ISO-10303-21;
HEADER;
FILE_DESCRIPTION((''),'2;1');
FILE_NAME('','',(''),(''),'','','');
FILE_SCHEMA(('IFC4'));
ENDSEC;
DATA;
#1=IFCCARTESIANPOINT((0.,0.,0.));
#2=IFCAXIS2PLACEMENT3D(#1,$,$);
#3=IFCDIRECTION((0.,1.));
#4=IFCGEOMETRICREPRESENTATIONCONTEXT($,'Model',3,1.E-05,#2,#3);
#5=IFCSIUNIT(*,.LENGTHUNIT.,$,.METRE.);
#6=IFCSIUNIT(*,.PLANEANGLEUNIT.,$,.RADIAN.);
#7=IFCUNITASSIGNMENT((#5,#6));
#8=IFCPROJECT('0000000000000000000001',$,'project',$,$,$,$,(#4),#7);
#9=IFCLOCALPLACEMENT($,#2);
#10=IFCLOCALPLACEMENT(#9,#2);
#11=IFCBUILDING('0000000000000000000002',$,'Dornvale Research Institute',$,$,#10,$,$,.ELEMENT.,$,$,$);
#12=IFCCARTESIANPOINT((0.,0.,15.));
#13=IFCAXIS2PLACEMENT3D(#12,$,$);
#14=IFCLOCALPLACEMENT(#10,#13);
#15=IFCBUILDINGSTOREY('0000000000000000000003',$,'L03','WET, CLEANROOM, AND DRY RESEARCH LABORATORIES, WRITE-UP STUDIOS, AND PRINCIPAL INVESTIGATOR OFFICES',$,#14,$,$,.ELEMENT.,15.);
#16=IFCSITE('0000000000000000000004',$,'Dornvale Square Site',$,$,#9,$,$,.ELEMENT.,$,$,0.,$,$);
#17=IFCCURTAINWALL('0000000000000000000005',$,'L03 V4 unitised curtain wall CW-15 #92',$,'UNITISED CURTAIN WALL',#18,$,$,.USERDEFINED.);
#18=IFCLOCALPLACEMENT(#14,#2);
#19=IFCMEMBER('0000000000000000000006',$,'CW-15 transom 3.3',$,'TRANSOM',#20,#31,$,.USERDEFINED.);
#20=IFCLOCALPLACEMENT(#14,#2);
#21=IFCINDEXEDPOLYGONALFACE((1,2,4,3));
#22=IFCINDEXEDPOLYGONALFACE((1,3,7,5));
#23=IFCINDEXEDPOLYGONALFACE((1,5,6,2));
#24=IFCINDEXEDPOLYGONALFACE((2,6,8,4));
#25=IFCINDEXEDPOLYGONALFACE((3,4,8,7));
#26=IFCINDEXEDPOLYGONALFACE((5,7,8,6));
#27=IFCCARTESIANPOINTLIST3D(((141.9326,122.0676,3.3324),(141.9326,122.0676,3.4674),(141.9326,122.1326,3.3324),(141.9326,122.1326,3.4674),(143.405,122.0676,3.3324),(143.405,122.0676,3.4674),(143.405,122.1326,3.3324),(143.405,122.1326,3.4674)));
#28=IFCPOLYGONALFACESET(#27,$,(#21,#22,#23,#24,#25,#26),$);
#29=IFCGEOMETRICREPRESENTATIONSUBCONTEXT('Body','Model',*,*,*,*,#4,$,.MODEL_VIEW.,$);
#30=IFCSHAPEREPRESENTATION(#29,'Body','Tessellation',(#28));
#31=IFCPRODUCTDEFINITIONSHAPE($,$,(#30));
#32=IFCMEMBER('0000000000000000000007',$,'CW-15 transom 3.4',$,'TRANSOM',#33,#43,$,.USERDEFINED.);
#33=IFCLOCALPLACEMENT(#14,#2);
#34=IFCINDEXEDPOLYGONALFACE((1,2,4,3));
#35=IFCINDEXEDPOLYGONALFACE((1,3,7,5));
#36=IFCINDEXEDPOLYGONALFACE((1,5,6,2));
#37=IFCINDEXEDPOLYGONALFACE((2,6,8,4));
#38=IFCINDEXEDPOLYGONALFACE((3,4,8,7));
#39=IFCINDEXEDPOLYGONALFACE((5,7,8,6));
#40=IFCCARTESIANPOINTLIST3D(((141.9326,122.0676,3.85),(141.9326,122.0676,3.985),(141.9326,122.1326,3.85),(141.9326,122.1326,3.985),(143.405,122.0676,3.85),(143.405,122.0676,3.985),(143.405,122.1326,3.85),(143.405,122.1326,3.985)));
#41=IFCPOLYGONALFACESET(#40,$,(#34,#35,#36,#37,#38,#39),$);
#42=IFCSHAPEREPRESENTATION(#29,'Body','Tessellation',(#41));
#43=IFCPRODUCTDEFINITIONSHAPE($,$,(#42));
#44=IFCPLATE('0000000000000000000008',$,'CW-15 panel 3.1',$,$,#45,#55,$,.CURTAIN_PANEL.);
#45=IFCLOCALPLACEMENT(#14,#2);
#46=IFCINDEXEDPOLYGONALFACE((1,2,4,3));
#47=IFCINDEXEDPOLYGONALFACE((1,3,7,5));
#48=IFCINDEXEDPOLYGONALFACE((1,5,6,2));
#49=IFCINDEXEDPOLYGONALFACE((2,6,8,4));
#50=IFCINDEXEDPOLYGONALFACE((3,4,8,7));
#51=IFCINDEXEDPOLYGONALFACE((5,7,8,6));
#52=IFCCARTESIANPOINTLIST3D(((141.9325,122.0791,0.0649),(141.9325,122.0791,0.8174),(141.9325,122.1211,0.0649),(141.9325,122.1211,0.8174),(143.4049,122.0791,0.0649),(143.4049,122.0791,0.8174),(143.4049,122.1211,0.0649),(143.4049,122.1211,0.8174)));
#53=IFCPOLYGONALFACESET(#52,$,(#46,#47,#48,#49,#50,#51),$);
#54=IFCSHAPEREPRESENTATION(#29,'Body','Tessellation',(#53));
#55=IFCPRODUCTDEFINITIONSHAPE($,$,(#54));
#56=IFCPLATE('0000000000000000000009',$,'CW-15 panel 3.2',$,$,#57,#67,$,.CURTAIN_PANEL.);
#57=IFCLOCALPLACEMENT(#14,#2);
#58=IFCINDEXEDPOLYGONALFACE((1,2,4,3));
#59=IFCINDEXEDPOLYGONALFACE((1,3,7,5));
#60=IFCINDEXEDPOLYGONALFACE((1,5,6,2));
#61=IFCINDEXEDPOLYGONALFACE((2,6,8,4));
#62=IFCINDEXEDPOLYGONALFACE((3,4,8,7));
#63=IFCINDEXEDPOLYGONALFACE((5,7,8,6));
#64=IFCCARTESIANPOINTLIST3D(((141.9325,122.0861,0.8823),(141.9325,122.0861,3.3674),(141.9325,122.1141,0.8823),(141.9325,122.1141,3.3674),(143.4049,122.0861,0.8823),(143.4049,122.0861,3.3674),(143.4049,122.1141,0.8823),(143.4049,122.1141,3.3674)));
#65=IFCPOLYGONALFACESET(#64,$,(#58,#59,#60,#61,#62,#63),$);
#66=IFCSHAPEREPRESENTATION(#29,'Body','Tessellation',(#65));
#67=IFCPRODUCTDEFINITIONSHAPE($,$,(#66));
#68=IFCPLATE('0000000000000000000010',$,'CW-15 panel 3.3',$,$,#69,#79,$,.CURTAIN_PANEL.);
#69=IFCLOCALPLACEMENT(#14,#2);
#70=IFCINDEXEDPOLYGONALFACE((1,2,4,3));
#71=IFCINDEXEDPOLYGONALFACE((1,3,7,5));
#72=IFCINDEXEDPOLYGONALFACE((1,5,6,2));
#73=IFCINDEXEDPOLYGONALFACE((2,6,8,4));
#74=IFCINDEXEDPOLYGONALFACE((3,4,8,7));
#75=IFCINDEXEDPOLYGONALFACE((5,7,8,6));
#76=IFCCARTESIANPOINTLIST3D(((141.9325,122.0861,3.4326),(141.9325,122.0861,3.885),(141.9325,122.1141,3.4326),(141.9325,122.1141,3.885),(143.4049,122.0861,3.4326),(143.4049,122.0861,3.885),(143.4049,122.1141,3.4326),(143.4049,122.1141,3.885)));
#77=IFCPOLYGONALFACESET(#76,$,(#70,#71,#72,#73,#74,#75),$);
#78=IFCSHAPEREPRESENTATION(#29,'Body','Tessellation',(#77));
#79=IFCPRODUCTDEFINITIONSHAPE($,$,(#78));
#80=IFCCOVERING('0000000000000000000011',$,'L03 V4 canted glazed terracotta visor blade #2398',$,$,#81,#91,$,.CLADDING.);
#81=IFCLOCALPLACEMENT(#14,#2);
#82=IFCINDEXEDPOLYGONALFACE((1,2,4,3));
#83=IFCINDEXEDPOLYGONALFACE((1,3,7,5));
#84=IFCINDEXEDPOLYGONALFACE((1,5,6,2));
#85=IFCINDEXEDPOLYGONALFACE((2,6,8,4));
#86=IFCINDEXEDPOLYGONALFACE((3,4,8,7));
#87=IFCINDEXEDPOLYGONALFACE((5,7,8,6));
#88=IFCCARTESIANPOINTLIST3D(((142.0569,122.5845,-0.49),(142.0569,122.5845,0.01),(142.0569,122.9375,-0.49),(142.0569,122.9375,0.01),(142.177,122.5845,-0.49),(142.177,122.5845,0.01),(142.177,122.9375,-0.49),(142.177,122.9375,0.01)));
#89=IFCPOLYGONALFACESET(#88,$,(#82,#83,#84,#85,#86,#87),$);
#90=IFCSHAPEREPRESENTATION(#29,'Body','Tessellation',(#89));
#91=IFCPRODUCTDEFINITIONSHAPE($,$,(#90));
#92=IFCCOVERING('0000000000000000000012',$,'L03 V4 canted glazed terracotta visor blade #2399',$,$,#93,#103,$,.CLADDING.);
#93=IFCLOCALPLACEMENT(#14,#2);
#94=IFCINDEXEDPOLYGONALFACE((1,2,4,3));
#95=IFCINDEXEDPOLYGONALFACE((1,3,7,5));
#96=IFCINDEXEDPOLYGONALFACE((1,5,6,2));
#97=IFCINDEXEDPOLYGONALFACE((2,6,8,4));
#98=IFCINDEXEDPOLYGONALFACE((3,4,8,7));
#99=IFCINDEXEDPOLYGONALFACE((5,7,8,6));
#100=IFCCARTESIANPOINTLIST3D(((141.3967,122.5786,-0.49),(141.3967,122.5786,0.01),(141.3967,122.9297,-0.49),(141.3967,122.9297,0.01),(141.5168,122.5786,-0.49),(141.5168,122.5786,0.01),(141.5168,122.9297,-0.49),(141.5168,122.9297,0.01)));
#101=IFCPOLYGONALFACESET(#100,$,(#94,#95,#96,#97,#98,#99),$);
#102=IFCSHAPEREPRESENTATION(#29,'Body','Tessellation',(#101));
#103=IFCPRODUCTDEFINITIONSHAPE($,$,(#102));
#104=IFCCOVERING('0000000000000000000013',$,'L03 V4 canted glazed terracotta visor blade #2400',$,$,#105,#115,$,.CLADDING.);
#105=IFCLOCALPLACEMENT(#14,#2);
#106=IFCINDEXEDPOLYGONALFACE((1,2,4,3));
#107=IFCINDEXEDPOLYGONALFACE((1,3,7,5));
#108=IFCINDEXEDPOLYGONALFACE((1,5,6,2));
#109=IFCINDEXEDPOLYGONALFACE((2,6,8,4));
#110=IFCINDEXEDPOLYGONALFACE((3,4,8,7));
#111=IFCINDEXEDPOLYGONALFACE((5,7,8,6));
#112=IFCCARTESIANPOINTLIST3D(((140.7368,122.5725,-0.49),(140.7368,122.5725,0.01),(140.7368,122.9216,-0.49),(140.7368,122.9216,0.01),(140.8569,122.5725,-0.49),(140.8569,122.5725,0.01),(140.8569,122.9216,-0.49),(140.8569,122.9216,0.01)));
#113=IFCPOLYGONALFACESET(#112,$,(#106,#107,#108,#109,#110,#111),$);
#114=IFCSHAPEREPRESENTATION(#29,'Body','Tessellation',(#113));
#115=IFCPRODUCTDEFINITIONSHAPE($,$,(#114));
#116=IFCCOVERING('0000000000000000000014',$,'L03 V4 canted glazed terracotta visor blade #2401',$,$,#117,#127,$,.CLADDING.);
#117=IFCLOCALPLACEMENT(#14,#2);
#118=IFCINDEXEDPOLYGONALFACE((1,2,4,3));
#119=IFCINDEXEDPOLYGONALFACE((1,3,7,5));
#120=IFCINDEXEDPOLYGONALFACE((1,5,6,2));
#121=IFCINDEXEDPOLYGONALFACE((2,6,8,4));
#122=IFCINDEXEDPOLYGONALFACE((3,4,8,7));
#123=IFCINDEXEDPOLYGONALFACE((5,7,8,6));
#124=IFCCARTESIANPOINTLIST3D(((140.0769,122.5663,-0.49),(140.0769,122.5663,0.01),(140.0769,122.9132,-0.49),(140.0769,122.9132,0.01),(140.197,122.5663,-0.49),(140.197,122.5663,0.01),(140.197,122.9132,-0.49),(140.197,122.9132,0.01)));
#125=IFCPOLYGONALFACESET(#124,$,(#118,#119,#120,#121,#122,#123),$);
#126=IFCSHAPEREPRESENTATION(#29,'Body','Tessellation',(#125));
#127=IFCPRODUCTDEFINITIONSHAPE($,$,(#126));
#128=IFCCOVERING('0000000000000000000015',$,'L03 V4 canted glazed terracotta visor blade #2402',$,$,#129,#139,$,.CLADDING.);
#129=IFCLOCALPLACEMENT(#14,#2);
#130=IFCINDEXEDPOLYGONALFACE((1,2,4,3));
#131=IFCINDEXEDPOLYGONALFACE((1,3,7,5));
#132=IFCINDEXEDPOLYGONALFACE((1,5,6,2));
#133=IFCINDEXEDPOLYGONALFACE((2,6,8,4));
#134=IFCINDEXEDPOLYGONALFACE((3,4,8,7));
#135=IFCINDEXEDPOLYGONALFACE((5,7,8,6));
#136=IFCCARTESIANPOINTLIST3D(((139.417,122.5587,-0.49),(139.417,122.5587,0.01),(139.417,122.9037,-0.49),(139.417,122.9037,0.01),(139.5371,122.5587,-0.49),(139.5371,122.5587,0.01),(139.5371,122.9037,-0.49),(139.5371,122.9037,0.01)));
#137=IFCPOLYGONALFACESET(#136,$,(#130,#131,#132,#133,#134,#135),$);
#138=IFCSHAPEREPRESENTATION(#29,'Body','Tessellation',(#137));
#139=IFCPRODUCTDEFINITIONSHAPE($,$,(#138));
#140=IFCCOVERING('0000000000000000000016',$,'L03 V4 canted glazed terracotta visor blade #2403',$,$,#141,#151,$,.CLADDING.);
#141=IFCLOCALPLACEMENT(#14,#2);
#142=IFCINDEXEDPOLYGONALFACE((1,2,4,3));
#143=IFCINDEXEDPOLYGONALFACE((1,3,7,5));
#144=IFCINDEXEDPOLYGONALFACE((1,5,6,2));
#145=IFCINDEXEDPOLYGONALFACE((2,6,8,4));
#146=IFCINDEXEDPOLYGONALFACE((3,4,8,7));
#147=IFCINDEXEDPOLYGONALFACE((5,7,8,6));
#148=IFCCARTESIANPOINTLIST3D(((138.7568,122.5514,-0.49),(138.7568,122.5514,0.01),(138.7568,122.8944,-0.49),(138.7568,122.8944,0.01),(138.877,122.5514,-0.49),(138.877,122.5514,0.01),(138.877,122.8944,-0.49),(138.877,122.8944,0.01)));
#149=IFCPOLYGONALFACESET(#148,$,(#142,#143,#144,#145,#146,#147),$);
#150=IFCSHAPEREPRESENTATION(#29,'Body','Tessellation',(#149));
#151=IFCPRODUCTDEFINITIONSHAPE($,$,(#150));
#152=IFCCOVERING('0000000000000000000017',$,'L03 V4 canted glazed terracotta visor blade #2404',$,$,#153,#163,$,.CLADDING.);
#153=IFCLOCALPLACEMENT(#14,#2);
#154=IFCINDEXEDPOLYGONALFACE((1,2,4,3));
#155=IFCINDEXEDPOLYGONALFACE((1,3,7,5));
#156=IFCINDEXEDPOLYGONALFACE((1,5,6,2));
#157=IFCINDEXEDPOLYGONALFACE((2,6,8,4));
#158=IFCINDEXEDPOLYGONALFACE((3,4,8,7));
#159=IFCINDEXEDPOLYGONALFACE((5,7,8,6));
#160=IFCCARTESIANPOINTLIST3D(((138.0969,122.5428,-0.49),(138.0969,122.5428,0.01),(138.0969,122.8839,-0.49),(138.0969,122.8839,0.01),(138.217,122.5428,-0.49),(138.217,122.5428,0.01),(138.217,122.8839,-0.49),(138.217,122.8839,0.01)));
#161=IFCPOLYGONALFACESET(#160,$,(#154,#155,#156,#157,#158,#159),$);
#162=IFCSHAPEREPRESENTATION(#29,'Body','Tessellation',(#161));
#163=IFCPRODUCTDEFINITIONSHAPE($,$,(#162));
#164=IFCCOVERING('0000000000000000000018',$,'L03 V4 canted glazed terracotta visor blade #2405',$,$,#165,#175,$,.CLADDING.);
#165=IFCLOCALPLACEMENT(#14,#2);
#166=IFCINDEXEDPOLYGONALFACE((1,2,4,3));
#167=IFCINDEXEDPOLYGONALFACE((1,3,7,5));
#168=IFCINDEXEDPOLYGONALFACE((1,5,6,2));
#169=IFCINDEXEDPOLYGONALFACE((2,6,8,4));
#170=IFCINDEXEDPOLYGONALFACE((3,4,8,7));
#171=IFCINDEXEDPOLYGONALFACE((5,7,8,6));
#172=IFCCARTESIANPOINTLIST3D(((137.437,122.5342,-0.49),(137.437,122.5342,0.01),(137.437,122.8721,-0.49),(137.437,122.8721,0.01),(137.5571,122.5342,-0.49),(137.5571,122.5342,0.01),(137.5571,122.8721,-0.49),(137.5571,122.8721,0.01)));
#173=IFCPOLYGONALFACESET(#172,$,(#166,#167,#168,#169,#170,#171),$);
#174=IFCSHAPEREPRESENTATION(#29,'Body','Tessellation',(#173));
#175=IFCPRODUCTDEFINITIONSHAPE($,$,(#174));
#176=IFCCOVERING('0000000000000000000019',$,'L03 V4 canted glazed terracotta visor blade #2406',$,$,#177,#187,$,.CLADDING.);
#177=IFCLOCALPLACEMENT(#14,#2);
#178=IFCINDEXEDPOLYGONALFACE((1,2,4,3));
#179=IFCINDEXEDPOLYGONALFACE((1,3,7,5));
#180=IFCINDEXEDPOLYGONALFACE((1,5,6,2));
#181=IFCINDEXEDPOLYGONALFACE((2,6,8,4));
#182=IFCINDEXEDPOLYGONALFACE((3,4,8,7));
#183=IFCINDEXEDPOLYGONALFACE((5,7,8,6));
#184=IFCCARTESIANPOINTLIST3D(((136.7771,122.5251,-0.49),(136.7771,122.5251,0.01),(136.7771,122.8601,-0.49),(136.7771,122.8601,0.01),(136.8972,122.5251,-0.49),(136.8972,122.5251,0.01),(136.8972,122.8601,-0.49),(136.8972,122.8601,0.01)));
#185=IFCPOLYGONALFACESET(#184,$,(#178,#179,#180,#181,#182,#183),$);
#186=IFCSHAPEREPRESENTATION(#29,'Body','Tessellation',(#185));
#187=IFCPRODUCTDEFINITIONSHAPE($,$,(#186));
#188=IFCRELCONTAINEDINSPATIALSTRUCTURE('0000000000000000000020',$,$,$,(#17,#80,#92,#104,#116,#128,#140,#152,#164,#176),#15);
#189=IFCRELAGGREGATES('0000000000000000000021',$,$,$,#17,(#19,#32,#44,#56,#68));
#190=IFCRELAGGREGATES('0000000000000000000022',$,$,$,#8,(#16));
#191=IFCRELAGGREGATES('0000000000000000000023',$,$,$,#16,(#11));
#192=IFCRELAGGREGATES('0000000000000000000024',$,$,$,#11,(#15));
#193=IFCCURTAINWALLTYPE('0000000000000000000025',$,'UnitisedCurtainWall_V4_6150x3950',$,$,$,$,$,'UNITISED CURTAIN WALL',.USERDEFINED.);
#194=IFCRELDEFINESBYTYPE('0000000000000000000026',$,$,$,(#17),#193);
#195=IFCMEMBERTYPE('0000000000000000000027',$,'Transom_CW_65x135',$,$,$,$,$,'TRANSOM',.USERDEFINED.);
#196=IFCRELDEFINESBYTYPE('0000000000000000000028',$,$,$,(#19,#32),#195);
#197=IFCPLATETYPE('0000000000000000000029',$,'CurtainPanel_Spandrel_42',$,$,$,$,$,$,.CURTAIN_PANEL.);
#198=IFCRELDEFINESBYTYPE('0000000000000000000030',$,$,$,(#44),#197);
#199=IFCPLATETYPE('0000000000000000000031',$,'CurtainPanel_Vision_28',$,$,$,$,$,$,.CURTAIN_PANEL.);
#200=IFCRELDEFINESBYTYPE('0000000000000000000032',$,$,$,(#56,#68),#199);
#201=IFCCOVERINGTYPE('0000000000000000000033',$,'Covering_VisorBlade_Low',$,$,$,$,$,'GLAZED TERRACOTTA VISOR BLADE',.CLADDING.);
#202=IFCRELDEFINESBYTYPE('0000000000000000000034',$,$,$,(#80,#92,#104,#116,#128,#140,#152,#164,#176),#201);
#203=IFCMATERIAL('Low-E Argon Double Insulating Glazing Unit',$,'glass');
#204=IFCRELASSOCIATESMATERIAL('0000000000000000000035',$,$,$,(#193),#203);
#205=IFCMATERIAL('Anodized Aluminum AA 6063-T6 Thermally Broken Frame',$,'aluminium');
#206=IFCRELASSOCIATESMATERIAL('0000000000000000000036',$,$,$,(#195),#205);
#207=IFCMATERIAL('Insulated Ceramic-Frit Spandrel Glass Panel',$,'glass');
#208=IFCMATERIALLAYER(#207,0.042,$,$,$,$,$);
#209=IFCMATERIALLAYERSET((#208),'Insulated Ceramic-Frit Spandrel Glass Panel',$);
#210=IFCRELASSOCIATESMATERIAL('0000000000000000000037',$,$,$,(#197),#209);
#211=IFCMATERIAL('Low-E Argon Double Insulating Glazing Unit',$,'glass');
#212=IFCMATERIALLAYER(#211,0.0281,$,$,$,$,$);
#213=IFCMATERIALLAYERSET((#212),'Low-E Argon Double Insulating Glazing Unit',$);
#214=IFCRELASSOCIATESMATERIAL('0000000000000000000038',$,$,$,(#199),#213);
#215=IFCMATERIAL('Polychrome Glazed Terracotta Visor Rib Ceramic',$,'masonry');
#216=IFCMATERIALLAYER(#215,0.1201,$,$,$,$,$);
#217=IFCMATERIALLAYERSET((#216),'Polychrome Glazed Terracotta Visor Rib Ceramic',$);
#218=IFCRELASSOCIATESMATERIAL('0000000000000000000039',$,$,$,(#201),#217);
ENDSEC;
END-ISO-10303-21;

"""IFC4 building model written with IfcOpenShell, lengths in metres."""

from ifc_helpers import new_model, si_unit, direction, frame, origin, origin_2d, place, context, subcontext, project, spatial, rectangle, extrude, material, layer, layer_set, material_profile, profile_set, type_object, element, aggregate, save


model = new_model("IFC4")

# Units and contexts
model_context = context("Model", 3, precision=1e-05, world=origin(), true_north=direction((0.0, 1.0)))
body_context = subcontext(model_context, "Body", "Model", "MODEL_VIEW")
ifc_project = project(units=[si_unit("LENGTHUNIT", "METRE"), si_unit("PLANEANGLEUNIT", "RADIAN")], contexts=[model_context])

# Site, building, storey
site_placement = place(None, origin())
site = spatial("IfcSite", under=ifc_project, at=site_placement, Name="Dornvale Square Site", CompositionType="ELEMENT", RefElevation=0.0)
building_placement = place(site_placement, origin())
building = spatial("IfcBuilding", under=site, at=building_placement, Name="Dornvale Research Institute", CompositionType="ELEMENT")
storey_placement = place(building_placement, frame((0.0, 0.0, 15.0)))
storey = spatial("IfcBuildingStorey", under=building, at=storey_placement, Name="L03", Description="WET, CLEANROOM, AND DRY RESEARCH LABORATORIES, WRITE-UP STUDIOS, AND PRINCIPAL INVESTIGATOR OFFICES", CompositionType="ELEMENT", Elevation=15.0)

# Curtain wall, members, plates
ifc_material_1 = material(Name="Low-E Argon Double Insulating Glazing Unit", Category="glass")
curtain_wall_type = type_object("IfcCurtainWallType", Name="UnitisedCurtainWall_V4_6150x3950", ElementType="UNITISED CURTAIN WALL", PredefinedType="USERDEFINED", material=ifc_material_1)
curtain_wall_placement = place(storey_placement, origin())
curtain_wall = element("IfcCurtainWall", 1, at=curtain_wall_placement, inside=storey, type_object=curtain_wall_type, Name="L03 V4 unitised curtain wall CW-15 #92", ObjectType="UNITISED CURTAIN WALL", PredefinedType="USERDEFINED")
ifc_material_2 = material(Name="Anodized Aluminum AA 6063-T6 Thermally Broken Frame", Category="aluminium")
ifc_material_profile = material_profile(ifc_material_2, rectangle(XDim=0.0649, YDim=0.135, at=origin_2d()), Name="ALU TRANSOM 65x135")
ifc_profile_set = profile_set([ifc_material_profile], Name="Anodized Aluminum AA 6063-T6 Thermally Broken Frame")
member_type = type_object("IfcMemberType", Name="Transom_CW_65x135", ElementType="TRANSOM", PredefinedType="USERDEFINED", material=ifc_profile_set)
member_1_placement = place(storey_placement, frame((141.9326, 122.1001, 3.3999), z_axis=(1.0, 0.0, 0.0), x_axis=(0.0, 1.0, 0.0)))
member_1 = element("IfcMember", 2, at=member_1_placement, type_object=member_type, Name="CW-15 transom 3.3", ObjectType="TRANSOM", PredefinedType="USERDEFINED", context=body_context, shape_type="SweptSolid", body=[
    extrude(rectangle(XDim=0.0649, YDim=0.135, at=origin_2d()), origin(), (0.0, 0.0, 1.0), 1.4724),
])
member_2_placement = place(storey_placement, frame((141.9326, 122.1001, 3.9175), z_axis=(1.0, 0.0, 0.0), x_axis=(0.0, 1.0, 0.0)))
member_2 = element("IfcMember", 3, at=member_2_placement, type_object=member_type, Name="CW-15 transom 3.4", ObjectType="TRANSOM", PredefinedType="USERDEFINED", context=body_context, shape_type="SweptSolid", body=[
    extrude(rectangle(XDim=0.0649, YDim=0.135, at=origin_2d()), origin(), (0.0, 0.0, 1.0), 1.4724),
])
ifc_material_3 = material(Name="Insulated Ceramic-Frit Spandrel Glass Panel", Category="glass")
ifc_layer_1 = layer(ifc_material_3, 0.042)
ifc_layer_set_1 = layer_set([ifc_layer_1], Name="Insulated Ceramic-Frit Spandrel Glass Panel")
plate_type_1 = type_object("IfcPlateType", Name="CurtainPanel_Spandrel_42", PredefinedType="CURTAIN_PANEL", material=ifc_layer_set_1)
plate_1_placement = place(storey_placement, frame((142.6687, 122.1001, 0.0649), z_axis=(0.0, 0.0, 1.0), x_axis=(1.0, 0.0, 0.0)))
plate_1 = element("IfcPlate", 4, at=plate_1_placement, type_object=plate_type_1, Name="CW-15 panel 3.1", PredefinedType="CURTAIN_PANEL", context=body_context, shape_type="SweptSolid", body=[
    extrude(rectangle(XDim=1.4724, YDim=0.042, at=origin_2d()), origin(), (0.0, 0.0, 1.0), 0.7524),
])
ifc_material_4 = material(Name="Low-E Argon Double Insulating Glazing Unit", Category="glass")
ifc_layer_2 = layer(ifc_material_4, 0.0281)
ifc_layer_set_2 = layer_set([ifc_layer_2], Name="Low-E Argon Double Insulating Glazing Unit")
plate_type_2 = type_object("IfcPlateType", Name="CurtainPanel_Vision_28", PredefinedType="CURTAIN_PANEL", material=ifc_layer_set_2)
plate_2_placement = place(storey_placement, frame((142.6687, 122.1001, 0.8823), z_axis=(0.0, 0.0, 1.0), x_axis=(1.0, 0.0, 0.0)))
plate_2 = element("IfcPlate", 5, at=plate_2_placement, type_object=plate_type_2, Name="CW-15 panel 3.2", PredefinedType="CURTAIN_PANEL", context=body_context, shape_type="SweptSolid", body=[
    extrude(rectangle(XDim=1.4724, YDim=0.0281, at=origin_2d()), origin(), (0.0, 0.0, 1.0), 2.4851),
])
plate_3_placement = place(storey_placement, frame((142.6687, 122.1001, 3.4326), z_axis=(0.0, 0.0, 1.0), x_axis=(1.0, 0.0, 0.0)))
plate_3 = element("IfcPlate", 6, at=plate_3_placement, type_object=plate_type_2, Name="CW-15 panel 3.3", PredefinedType="CURTAIN_PANEL", context=body_context, shape_type="SweptSolid", body=[
    extrude(rectangle(XDim=1.4724, YDim=0.0281, at=origin_2d()), origin(), (0.0, 0.0, 1.0), 0.4524),
])
aggregate(curtain_wall, [member_1, member_2, plate_1, plate_2, plate_3])

# Coverings
ifc_material_5 = material(Name="Polychrome Glazed Terracotta Visor Rib Ceramic", Category="masonry")
ifc_layer_3 = layer(ifc_material_5, 0.1201)
ifc_layer_set_3 = layer_set([ifc_layer_3], Name="Polychrome Glazed Terracotta Visor Rib Ceramic")
covering_type = type_object("IfcCoveringType", Name="Covering_VisorBlade_Low", ElementType="GLAZED TERRACOTTA VISOR BLADE", PredefinedType="CLADDING", material=ifc_layer_set_3)
covering_1_placement = place(storey_placement, frame((142.1169, 122.761, -0.49), z_axis=(0.0, 0.0, 1.0), x_axis=(0.0, 1.0, 0.0)))
element("IfcCovering", 7, at=covering_1_placement, inside=storey, type_object=covering_type, Name="L03 V4 canted glazed terracotta visor blade #2398", PredefinedType="CLADDING", context=body_context, shape_type="SweptSolid", body=[
    extrude(rectangle(XDim=0.353, YDim=0.1201, at=origin_2d()), origin(), (0.0, 0.0, 1.0), 0.5),
])
covering_2_placement = place(storey_placement, frame((141.4568, 122.7542, -0.49), z_axis=(0.0, 0.0, 1.0), x_axis=(0.0, 1.0, 0.0)))
element("IfcCovering", 8, at=covering_2_placement, inside=storey, type_object=covering_type, Name="L03 V4 canted glazed terracotta visor blade #2399", PredefinedType="CLADDING", context=body_context, shape_type="SweptSolid", body=[
    extrude(rectangle(XDim=0.3511, YDim=0.1201, at=origin_2d()), origin(), (0.0, 0.0, 1.0), 0.5),
])
covering_3_placement = place(storey_placement, frame((140.7969, 122.7471, -0.49), z_axis=(0.0, 0.0, 1.0), x_axis=(0.0, 1.0, 0.0)))
element("IfcCovering", 9, at=covering_3_placement, inside=storey, type_object=covering_type, Name="L03 V4 canted glazed terracotta visor blade #2400", PredefinedType="CLADDING", context=body_context, shape_type="SweptSolid", body=[
    extrude(rectangle(XDim=0.3491, YDim=0.1201, at=origin_2d()), origin(), (0.0, 0.0, 1.0), 0.5),
])
covering_4_placement = place(storey_placement, frame((140.137, 122.7397, -0.49), z_axis=(0.0, 0.0, 1.0), x_axis=(0.0, 1.0, 0.0)))
element("IfcCovering", 10, at=covering_4_placement, inside=storey, type_object=covering_type, Name="L03 V4 canted glazed terracotta visor blade #2401", PredefinedType="CLADDING", context=body_context, shape_type="SweptSolid", body=[
    extrude(rectangle(XDim=0.3469, YDim=0.1201, at=origin_2d()), origin(), (0.0, 0.0, 1.0), 0.5),
])
covering_5_placement = place(storey_placement, frame((139.4771, 122.7312, -0.49), z_axis=(0.0, 0.0, 1.0), x_axis=(0.0, 1.0, 0.0)))
element("IfcCovering", 11, at=covering_5_placement, inside=storey, type_object=covering_type, Name="L03 V4 canted glazed terracotta visor blade #2402", PredefinedType="CLADDING", context=body_context, shape_type="SweptSolid", body=[
    extrude(rectangle(XDim=0.345, YDim=0.1201, at=origin_2d()), origin(), (0.0, 0.0, 1.0), 0.5),
])
covering_6_placement = place(storey_placement, frame((138.8169, 122.7229, -0.49), z_axis=(0.0, 0.0, 1.0), x_axis=(0.0, 1.0, 0.0)))
element("IfcCovering", 12, at=covering_6_placement, inside=storey, type_object=covering_type, Name="L03 V4 canted glazed terracotta visor blade #2403", PredefinedType="CLADDING", context=body_context, shape_type="SweptSolid", body=[
    extrude(rectangle(XDim=0.343, YDim=0.1201, at=origin_2d()), origin(), (0.0, 0.0, 1.0), 0.5),
])
covering_7_placement = place(storey_placement, frame((138.157, 122.7134, -0.49), z_axis=(0.0, 0.0, 1.0), x_axis=(0.0, 1.0, 0.0)))
element("IfcCovering", 13, at=covering_7_placement, inside=storey, type_object=covering_type, Name="L03 V4 canted glazed terracotta visor blade #2404", PredefinedType="CLADDING", context=body_context, shape_type="SweptSolid", body=[
    extrude(rectangle(XDim=0.3411, YDim=0.1201, at=origin_2d()), origin(), (0.0, 0.0, 1.0), 0.5),
])
covering_8_placement = place(storey_placement, frame((137.4971, 122.7031, -0.49), z_axis=(0.0, 0.0, 1.0), x_axis=(0.0, 1.0, 0.0)))
element("IfcCovering", 14, at=covering_8_placement, inside=storey, type_object=covering_type, Name="L03 V4 canted glazed terracotta visor blade #2405", PredefinedType="CLADDING", context=body_context, shape_type="SweptSolid", body=[
    extrude(rectangle(XDim=0.3379, YDim=0.1201, at=origin_2d()), origin(), (0.0, 0.0, 1.0), 0.5),
])
covering_9_placement = place(storey_placement, frame((136.8372, 122.6926, -0.49), z_axis=(0.0, 0.0, 1.0), x_axis=(0.0, 1.0, 0.0)))
element("IfcCovering", 15, at=covering_9_placement, inside=storey, type_object=covering_type, Name="L03 V4 canted glazed terracotta visor blade #2406", PredefinedType="CLADDING", context=body_context, shape_type="SweptSolid", body=[
    extrude(rectangle(XDim=0.335, YDim=0.1201, at=origin_2d()), origin(), (0.0, 0.0, 1.0), 0.5),
])

save(model, "model.ifc")
